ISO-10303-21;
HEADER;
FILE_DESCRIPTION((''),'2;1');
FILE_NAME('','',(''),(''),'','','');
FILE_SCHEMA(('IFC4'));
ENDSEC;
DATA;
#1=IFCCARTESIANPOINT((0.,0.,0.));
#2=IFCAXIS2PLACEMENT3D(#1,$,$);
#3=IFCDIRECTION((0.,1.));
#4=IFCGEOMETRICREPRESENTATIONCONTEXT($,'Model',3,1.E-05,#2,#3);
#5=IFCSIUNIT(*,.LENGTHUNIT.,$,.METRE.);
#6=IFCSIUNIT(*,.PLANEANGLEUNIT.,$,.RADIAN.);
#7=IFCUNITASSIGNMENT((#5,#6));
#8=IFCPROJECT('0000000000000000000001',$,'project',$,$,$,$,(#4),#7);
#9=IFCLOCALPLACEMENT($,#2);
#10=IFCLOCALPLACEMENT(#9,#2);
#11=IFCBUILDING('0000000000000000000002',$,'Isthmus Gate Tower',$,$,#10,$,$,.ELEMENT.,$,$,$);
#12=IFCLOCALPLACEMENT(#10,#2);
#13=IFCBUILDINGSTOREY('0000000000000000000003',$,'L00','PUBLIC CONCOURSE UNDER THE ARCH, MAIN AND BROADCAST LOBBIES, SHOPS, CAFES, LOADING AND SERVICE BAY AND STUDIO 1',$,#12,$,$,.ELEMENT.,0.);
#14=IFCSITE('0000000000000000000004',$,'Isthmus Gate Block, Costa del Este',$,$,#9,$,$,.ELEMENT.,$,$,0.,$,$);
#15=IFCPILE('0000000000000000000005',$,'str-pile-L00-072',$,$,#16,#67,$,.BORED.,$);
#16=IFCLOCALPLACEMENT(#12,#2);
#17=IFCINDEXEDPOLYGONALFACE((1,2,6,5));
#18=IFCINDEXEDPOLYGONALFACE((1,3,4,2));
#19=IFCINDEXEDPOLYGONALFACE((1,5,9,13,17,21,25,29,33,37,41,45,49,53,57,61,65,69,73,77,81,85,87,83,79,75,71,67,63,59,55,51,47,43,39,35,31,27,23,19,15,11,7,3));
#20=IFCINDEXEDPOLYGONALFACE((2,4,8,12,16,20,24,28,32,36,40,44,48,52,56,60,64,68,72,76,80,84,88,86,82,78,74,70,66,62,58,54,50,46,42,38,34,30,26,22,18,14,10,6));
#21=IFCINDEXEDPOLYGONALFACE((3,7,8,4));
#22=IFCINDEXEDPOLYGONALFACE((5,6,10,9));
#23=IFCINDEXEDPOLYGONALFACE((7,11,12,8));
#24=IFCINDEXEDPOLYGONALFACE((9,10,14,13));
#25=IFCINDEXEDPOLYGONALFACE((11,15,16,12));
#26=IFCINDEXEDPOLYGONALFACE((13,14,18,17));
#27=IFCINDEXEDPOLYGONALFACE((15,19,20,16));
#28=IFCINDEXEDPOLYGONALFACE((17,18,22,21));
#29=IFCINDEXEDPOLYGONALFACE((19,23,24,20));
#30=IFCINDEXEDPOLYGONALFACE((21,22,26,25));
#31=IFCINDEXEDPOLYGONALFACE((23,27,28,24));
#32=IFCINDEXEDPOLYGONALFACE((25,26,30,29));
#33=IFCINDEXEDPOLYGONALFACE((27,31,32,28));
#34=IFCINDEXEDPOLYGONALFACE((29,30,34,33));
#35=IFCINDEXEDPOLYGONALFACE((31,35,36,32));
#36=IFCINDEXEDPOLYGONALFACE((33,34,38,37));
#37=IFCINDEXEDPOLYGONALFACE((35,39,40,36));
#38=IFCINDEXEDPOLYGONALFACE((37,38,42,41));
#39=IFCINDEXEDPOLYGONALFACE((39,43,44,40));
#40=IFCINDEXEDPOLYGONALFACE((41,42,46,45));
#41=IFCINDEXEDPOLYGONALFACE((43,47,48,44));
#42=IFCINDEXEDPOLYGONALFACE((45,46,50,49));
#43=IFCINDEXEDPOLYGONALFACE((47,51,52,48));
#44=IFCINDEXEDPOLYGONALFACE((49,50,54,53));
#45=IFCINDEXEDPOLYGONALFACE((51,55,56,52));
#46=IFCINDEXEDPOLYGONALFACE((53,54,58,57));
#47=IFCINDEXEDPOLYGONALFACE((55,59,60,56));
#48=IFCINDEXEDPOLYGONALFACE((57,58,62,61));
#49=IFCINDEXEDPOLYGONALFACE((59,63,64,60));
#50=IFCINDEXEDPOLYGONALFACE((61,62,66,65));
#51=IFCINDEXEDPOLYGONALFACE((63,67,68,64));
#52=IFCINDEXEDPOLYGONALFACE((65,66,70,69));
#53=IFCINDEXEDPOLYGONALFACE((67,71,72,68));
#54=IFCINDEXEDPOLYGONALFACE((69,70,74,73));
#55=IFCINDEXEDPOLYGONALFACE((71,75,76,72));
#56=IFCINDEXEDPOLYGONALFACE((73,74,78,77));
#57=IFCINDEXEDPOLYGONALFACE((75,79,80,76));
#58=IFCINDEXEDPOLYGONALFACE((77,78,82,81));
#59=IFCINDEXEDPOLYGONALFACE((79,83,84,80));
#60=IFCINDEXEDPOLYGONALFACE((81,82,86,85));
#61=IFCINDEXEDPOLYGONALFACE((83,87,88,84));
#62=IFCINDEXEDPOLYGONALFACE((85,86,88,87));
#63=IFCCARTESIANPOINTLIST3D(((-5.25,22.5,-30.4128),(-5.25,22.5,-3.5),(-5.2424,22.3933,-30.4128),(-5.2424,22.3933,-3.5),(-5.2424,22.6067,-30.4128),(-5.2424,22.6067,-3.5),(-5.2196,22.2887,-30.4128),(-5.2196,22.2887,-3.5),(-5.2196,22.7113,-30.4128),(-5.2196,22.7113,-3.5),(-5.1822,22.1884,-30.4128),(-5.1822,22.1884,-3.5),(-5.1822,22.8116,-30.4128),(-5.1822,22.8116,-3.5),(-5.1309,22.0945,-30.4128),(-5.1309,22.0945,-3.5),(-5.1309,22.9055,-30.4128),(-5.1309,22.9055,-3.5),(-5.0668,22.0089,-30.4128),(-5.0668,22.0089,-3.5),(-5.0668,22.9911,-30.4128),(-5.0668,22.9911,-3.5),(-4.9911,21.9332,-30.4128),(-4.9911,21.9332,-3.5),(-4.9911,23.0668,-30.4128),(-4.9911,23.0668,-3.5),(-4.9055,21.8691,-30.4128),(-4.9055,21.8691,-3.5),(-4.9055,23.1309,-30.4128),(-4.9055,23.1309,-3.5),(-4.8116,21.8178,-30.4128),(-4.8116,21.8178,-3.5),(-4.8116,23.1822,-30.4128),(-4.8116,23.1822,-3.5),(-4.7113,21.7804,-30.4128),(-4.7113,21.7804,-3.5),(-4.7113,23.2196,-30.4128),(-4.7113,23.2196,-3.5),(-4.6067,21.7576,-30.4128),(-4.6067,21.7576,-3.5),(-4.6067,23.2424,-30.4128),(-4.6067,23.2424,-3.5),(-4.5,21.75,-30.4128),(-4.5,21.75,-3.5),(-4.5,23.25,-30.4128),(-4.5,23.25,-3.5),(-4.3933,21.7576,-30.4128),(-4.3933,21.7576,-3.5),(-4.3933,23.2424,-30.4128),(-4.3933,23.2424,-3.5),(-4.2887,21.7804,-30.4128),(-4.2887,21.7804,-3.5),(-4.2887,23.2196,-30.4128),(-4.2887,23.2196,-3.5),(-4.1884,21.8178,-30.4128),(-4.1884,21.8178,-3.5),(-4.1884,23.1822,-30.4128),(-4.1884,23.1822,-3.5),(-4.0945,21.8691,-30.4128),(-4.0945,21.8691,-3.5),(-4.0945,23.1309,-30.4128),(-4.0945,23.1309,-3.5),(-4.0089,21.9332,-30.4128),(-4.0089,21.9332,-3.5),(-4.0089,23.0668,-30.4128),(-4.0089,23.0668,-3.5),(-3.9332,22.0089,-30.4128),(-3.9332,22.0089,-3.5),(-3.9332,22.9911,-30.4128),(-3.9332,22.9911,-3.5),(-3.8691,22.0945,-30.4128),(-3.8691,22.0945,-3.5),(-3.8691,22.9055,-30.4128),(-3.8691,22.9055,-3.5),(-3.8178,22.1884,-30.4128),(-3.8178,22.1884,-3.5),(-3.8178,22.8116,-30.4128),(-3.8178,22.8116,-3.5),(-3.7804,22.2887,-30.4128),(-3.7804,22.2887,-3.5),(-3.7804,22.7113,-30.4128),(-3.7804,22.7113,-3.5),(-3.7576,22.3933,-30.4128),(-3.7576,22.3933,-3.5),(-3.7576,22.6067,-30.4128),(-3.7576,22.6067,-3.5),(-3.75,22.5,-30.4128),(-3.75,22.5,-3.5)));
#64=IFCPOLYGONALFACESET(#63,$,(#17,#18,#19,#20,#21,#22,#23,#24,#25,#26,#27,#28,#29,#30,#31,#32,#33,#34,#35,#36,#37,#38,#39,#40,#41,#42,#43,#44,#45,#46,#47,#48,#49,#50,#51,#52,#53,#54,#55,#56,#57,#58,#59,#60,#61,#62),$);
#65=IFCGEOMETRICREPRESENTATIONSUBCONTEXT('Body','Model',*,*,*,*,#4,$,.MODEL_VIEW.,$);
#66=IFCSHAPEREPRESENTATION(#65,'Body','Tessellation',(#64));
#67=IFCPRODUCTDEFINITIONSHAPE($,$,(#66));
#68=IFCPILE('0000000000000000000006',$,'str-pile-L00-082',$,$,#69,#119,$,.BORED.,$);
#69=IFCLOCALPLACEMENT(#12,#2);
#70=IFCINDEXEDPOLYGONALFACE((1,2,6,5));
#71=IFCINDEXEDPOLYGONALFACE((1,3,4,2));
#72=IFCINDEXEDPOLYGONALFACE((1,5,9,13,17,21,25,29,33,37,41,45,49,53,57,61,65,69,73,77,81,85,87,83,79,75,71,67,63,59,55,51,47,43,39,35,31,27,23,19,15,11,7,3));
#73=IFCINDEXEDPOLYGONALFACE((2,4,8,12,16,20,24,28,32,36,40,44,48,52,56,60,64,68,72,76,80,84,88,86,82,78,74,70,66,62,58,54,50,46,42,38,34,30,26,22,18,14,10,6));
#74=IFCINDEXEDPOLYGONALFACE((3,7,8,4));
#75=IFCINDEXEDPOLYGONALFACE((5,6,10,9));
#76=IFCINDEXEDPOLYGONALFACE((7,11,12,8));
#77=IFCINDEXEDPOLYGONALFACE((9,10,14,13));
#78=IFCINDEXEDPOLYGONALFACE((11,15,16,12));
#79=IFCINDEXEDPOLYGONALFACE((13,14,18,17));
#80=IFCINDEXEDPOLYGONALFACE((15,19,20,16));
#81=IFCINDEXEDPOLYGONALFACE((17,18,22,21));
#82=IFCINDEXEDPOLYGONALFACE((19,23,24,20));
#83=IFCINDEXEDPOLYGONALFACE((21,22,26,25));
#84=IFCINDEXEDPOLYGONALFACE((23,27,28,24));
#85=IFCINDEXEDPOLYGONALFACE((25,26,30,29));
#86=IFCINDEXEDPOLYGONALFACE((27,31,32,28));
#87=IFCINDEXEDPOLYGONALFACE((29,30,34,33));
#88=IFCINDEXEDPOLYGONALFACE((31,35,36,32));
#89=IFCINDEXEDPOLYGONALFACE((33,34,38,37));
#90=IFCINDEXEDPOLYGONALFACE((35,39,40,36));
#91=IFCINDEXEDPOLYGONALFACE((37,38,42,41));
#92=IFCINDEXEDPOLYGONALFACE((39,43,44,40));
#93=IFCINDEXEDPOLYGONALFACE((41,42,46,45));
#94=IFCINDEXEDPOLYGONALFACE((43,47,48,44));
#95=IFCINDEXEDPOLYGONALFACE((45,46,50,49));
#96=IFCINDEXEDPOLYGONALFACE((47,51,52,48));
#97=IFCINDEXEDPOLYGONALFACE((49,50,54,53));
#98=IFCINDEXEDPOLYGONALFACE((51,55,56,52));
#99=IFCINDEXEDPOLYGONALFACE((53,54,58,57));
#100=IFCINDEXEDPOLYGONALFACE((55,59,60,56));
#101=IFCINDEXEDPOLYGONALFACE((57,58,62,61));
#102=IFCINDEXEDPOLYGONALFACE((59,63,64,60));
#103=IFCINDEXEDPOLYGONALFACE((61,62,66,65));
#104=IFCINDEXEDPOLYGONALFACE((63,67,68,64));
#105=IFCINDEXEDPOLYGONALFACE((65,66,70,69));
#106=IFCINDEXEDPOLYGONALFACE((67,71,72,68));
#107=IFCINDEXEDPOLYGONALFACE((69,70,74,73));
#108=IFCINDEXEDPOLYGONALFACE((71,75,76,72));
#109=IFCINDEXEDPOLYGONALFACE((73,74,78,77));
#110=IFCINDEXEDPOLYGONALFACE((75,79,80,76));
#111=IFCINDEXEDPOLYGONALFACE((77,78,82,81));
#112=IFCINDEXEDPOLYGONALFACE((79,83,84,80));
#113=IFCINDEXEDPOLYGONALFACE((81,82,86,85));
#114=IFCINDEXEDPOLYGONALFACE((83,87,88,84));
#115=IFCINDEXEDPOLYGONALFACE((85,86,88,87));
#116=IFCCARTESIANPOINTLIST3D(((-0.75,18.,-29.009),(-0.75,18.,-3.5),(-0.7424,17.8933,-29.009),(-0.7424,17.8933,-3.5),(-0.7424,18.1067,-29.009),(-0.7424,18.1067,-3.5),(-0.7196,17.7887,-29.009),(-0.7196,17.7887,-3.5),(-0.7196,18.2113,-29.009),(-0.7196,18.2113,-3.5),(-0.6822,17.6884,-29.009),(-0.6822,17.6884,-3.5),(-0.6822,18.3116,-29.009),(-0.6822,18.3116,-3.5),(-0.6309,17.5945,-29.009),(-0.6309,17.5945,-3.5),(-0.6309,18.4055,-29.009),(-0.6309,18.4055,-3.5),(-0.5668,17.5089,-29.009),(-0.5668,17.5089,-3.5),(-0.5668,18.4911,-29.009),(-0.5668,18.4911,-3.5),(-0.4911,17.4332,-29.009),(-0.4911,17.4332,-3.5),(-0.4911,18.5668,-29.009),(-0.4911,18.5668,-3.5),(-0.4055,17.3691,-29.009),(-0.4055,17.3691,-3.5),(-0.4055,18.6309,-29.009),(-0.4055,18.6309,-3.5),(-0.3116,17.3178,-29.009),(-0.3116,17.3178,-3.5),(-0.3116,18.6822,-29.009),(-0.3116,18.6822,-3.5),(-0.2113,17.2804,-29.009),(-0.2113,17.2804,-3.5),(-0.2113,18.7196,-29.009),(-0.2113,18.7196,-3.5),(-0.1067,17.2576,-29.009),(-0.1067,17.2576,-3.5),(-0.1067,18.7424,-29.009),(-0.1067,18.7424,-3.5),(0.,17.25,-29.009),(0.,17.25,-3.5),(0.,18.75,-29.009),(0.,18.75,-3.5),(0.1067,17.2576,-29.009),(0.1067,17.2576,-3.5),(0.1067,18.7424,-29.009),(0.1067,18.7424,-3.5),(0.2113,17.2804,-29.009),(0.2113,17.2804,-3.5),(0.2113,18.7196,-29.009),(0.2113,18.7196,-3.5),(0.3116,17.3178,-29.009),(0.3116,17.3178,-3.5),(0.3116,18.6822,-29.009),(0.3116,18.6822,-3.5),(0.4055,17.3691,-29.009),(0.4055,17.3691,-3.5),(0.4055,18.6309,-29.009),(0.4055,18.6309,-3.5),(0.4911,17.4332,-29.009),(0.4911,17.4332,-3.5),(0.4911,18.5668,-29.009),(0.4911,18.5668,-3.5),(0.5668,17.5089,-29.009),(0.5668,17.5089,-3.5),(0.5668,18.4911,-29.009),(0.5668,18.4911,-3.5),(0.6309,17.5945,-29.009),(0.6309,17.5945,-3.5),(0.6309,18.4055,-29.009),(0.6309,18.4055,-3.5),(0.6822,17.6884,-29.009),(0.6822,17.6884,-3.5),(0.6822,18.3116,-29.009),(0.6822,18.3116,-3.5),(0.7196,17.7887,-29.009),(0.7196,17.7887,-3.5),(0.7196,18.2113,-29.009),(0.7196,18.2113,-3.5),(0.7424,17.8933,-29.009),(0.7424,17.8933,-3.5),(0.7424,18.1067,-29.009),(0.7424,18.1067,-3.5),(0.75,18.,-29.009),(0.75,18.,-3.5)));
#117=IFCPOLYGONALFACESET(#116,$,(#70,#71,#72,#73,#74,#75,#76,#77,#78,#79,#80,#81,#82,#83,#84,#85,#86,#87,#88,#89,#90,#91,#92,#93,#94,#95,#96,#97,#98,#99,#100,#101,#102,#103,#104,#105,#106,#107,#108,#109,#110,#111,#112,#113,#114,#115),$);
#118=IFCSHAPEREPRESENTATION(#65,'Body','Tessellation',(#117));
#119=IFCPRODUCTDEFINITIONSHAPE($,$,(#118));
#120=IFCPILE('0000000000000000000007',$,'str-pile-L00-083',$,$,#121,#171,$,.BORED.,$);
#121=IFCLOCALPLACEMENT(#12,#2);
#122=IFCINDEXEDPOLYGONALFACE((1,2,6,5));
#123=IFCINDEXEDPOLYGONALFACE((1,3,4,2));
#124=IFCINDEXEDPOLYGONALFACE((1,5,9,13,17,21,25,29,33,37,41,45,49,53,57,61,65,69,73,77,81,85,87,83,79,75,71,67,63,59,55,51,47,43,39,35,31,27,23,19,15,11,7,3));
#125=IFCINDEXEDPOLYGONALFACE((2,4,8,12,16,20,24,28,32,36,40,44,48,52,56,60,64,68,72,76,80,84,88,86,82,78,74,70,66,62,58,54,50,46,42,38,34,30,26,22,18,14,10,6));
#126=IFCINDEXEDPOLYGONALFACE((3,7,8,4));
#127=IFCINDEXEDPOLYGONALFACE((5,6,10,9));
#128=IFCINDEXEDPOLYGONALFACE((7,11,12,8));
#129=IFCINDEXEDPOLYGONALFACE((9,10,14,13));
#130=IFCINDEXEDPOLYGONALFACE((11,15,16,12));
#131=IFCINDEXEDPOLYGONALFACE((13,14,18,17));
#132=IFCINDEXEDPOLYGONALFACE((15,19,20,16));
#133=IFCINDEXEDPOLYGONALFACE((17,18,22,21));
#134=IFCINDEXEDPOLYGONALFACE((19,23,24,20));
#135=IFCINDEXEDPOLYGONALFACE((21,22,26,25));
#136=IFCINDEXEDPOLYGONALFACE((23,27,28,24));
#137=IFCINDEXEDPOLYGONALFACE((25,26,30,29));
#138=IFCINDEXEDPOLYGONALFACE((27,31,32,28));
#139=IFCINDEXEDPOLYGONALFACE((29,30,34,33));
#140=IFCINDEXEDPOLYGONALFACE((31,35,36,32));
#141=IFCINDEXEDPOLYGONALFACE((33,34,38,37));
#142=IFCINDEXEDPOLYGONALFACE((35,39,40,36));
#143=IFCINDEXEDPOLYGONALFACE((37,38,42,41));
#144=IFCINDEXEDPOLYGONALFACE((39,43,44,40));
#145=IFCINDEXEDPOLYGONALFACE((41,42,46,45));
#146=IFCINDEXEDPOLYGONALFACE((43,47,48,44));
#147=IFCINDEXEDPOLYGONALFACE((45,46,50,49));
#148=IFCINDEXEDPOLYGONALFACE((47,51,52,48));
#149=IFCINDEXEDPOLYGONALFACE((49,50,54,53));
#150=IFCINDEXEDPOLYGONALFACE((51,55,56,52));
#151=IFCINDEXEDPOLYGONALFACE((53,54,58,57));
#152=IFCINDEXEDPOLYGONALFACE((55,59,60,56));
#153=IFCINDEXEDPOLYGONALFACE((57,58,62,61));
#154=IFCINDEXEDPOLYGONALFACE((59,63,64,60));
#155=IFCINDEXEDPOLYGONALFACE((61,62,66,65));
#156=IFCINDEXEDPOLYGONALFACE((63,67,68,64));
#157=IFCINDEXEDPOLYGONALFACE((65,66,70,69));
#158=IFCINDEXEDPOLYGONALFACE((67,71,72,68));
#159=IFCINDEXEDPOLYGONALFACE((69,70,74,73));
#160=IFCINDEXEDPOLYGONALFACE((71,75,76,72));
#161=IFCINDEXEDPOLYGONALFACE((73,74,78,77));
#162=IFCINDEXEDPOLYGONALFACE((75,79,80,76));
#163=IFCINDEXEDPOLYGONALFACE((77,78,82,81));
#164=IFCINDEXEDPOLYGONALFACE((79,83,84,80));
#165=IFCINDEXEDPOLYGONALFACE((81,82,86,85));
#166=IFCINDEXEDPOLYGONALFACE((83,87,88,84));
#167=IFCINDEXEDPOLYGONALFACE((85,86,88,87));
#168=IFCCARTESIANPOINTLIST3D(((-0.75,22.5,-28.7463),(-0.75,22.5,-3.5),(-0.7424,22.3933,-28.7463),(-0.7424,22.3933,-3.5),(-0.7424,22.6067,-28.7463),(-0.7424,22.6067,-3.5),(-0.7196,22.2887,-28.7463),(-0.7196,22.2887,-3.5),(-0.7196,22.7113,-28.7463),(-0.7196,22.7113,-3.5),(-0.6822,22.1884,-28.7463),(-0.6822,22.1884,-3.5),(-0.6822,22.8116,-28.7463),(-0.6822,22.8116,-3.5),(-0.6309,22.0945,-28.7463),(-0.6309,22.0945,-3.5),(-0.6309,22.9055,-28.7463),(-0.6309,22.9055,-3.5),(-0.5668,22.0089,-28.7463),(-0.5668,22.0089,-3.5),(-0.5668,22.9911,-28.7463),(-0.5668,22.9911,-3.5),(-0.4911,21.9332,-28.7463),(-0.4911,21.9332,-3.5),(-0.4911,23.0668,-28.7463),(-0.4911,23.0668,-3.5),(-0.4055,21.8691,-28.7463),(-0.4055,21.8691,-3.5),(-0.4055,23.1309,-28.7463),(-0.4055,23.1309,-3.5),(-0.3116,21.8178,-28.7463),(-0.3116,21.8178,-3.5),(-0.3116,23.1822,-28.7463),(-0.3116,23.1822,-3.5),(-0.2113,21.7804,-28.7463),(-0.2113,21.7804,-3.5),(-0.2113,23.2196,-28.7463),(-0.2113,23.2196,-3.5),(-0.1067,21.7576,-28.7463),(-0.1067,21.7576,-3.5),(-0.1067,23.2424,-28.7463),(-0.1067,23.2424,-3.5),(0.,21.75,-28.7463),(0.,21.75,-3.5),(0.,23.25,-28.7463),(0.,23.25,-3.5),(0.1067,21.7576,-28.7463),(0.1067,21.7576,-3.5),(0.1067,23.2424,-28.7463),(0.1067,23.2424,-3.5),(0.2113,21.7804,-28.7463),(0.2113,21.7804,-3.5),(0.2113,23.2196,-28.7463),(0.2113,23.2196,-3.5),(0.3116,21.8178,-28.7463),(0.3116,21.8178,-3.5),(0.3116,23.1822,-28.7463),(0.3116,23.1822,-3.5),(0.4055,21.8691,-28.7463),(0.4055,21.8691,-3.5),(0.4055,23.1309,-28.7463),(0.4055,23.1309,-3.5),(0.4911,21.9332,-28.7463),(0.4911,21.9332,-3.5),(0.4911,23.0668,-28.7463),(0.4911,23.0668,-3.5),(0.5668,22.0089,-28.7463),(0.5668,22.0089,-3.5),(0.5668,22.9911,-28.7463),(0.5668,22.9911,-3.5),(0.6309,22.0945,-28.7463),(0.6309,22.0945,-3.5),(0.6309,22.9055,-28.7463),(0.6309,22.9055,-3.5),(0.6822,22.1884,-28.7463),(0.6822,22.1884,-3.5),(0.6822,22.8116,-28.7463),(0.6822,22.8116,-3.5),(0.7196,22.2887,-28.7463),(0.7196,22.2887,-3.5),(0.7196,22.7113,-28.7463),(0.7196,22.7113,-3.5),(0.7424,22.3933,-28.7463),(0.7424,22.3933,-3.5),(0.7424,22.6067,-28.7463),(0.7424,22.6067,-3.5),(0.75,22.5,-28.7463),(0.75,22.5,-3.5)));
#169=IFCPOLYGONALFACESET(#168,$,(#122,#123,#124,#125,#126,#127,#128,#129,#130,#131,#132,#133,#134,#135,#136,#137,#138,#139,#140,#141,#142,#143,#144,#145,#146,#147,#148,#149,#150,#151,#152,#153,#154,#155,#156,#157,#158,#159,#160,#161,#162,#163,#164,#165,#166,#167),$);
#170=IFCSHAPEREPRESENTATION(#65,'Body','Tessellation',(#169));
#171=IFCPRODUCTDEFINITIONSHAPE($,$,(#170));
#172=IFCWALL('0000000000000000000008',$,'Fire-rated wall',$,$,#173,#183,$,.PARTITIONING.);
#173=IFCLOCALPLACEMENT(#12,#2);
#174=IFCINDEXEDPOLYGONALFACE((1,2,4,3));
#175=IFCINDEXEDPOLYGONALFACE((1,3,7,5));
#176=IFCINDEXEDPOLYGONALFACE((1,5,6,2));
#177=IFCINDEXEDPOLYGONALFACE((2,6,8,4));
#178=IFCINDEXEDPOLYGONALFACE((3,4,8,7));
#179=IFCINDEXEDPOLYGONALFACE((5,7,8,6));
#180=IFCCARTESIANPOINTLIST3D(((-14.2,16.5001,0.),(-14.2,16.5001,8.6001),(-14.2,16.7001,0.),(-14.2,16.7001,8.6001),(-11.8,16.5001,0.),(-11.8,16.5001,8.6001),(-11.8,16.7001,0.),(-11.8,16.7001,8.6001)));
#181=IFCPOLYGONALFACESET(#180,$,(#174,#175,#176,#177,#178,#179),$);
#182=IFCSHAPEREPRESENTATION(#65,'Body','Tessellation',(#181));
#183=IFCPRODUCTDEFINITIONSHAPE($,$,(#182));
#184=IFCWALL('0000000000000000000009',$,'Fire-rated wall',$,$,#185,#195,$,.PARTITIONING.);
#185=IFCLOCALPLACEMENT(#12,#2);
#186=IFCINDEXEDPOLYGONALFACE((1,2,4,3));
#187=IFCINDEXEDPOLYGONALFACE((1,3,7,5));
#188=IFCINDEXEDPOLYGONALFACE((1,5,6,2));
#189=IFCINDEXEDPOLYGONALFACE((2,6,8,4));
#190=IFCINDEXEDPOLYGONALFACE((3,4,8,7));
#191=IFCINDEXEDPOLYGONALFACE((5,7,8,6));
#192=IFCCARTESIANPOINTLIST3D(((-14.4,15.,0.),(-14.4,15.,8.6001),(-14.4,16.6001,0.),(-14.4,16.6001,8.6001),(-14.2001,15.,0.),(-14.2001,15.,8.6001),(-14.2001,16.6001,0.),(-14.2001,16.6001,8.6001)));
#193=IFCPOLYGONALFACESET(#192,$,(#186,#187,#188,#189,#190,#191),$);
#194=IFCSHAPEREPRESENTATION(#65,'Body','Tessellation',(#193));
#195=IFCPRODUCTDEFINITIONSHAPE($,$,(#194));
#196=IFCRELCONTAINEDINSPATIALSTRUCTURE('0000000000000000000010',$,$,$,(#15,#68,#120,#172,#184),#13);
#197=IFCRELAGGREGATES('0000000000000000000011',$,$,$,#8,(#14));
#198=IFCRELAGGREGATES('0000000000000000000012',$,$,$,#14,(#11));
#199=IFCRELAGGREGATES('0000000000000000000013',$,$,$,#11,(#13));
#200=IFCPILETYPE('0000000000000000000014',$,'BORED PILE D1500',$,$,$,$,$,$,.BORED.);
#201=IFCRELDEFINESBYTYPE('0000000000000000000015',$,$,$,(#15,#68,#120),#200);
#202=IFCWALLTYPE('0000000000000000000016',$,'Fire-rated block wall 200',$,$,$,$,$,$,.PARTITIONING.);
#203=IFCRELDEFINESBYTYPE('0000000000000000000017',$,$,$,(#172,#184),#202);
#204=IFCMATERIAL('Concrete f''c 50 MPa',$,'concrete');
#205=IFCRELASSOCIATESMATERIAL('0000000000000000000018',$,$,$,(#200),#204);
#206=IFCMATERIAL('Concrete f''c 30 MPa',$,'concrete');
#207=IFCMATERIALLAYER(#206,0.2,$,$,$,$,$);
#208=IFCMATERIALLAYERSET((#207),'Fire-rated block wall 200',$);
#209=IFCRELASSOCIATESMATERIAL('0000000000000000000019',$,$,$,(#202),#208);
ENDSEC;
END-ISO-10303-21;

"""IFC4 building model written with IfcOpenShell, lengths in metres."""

from ifc_helpers import new_model, si_unit, direction, frame, frame_2d, origin, origin_2d, place, context, subcontext, project, spatial, rectangle, circle, extrude, material, layer, layer_set, material_profile, profile_set, type_object, element, save


model = new_model("IFC4")

# Units and contexts
model_context = context("Model", 3, precision=1e-05, world=origin(), true_north=direction((0.0, 1.0)))
body_context = subcontext(model_context, "Body", "Model", "MODEL_VIEW")
ifc_project = project(units=[si_unit("LENGTHUNIT", "METRE"), si_unit("PLANEANGLEUNIT", "RADIAN")], contexts=[model_context])

# Site, building, storey
site_placement = place(None, origin())
site = spatial("IfcSite", under=ifc_project, at=site_placement, Name="Isthmus Gate Block, Costa del Este", CompositionType="ELEMENT", RefElevation=0.0)
building_placement = place(site_placement, origin())
building = spatial("IfcBuilding", under=site, at=building_placement, Name="Isthmus Gate Tower", CompositionType="ELEMENT")
storey_placement = place(building_placement, origin())
storey = spatial("IfcBuildingStorey", under=building, at=storey_placement, Name="L00", Description="PUBLIC CONCOURSE UNDER THE ARCH, MAIN AND BROADCAST LOBBIES, SHOPS, CAFES, LOADING AND SERVICE BAY AND STUDIO 1", CompositionType="ELEMENT", Elevation=0.0)

# Piles
ifc_material_1 = material(Name="Concrete f'c 50 MPa", Category="concrete")
ifc_material_profile = material_profile(ifc_material_1, circle(Radius=0.75, at=origin_2d()), Name="D1500")
ifc_profile_set = profile_set([ifc_material_profile], Name="Concrete f'c 50 MPa")
pile_type = type_object("IfcPileType", Name="BORED PILE D1500", PredefinedType="BORED", material=ifc_profile_set)
pile_1_placement = place(storey_placement, frame((-4.5, 22.5, -3.5), z_axis=(0.0, 0.0, -1.0), x_axis=(1.0, 0.0, 0.0)))
element("IfcPile", 1, at=pile_1_placement, inside=storey, type_object=pile_type, Name="str-pile-L00-072", PredefinedType="BORED", context=body_context, shape_type="SweptSolid", body=[
    extrude(circle(Radius=0.75, at=origin_2d()), origin(), (0.0, 0.0, 1.0), 26.9128),
])
pile_2_placement = place(storey_placement, frame((0.0, 18.0, -3.5), z_axis=(0.0, 0.0, -1.0), x_axis=(1.0, 0.0, 0.0)))
element("IfcPile", 2, at=pile_2_placement, inside=storey, type_object=pile_type, Name="str-pile-L00-082", PredefinedType="BORED", context=body_context, shape_type="SweptSolid", body=[
    extrude(circle(Radius=0.75, at=origin_2d()), origin(), (0.0, 0.0, 1.0), 25.509),
])
pile_3_placement = place(storey_placement, frame((0.0, 22.5, -3.5), z_axis=(0.0, 0.0, -1.0), x_axis=(1.0, 0.0, 0.0)))
element("IfcPile", 3, at=pile_3_placement, inside=storey, type_object=pile_type, Name="str-pile-L00-083", PredefinedType="BORED", context=body_context, shape_type="SweptSolid", body=[
    extrude(circle(Radius=0.75, at=origin_2d()), origin(), (0.0, 0.0, 1.0), 25.2463),
])

# Walls
ifc_material_2 = material(Name="Concrete f'c 30 MPa", Category="concrete")
ifc_layer_1 = layer(ifc_material_2, 0.2)
ifc_layer_set_1 = layer_set([ifc_layer_1], Name="Fire-rated block wall 200")
wall_type_1 = type_object("IfcWallType", Name="Fire-rated block wall 200", PredefinedType="PARTITIONING", material=ifc_layer_set_1)
wall_1_placement = place(storey_placement, frame((-14.2, 16.6001, 0.0), z_axis=(0.0, 0.0, 1.0), x_axis=(1.0, 0.0, 0.0)))
element("IfcWall", 4, at=wall_1_placement, inside=storey, type_object=wall_type_1, Name="Fire-rated wall", PredefinedType="PARTITIONING", context=body_context, shape_type="SweptSolid", body=[
    extrude(rectangle(XDim=2.3999, YDim=0.2, at=frame_2d((1.2, 0.0))), origin(), (0.0, 0.0, 1.0), 8.6001),
])
wall_2_placement = place(storey_placement, frame((-14.3, 15.0, 0.0), z_axis=(0.0, 0.0, 1.0), x_axis=(0.0, 1.0, 0.0)))
element("IfcWall", 5, at=wall_2_placement, inside=storey, type_object=wall_type_1, Name="Fire-rated wall", PredefinedType="PARTITIONING", context=body_context, shape_type="SweptSolid", body=[
    extrude(rectangle(XDim=1.6001, YDim=0.2, at=frame_2d((0.8, 0.0))), origin(), (0.0, 0.0, 1.0), 8.6001),
])

save(model, "model.ifc")
